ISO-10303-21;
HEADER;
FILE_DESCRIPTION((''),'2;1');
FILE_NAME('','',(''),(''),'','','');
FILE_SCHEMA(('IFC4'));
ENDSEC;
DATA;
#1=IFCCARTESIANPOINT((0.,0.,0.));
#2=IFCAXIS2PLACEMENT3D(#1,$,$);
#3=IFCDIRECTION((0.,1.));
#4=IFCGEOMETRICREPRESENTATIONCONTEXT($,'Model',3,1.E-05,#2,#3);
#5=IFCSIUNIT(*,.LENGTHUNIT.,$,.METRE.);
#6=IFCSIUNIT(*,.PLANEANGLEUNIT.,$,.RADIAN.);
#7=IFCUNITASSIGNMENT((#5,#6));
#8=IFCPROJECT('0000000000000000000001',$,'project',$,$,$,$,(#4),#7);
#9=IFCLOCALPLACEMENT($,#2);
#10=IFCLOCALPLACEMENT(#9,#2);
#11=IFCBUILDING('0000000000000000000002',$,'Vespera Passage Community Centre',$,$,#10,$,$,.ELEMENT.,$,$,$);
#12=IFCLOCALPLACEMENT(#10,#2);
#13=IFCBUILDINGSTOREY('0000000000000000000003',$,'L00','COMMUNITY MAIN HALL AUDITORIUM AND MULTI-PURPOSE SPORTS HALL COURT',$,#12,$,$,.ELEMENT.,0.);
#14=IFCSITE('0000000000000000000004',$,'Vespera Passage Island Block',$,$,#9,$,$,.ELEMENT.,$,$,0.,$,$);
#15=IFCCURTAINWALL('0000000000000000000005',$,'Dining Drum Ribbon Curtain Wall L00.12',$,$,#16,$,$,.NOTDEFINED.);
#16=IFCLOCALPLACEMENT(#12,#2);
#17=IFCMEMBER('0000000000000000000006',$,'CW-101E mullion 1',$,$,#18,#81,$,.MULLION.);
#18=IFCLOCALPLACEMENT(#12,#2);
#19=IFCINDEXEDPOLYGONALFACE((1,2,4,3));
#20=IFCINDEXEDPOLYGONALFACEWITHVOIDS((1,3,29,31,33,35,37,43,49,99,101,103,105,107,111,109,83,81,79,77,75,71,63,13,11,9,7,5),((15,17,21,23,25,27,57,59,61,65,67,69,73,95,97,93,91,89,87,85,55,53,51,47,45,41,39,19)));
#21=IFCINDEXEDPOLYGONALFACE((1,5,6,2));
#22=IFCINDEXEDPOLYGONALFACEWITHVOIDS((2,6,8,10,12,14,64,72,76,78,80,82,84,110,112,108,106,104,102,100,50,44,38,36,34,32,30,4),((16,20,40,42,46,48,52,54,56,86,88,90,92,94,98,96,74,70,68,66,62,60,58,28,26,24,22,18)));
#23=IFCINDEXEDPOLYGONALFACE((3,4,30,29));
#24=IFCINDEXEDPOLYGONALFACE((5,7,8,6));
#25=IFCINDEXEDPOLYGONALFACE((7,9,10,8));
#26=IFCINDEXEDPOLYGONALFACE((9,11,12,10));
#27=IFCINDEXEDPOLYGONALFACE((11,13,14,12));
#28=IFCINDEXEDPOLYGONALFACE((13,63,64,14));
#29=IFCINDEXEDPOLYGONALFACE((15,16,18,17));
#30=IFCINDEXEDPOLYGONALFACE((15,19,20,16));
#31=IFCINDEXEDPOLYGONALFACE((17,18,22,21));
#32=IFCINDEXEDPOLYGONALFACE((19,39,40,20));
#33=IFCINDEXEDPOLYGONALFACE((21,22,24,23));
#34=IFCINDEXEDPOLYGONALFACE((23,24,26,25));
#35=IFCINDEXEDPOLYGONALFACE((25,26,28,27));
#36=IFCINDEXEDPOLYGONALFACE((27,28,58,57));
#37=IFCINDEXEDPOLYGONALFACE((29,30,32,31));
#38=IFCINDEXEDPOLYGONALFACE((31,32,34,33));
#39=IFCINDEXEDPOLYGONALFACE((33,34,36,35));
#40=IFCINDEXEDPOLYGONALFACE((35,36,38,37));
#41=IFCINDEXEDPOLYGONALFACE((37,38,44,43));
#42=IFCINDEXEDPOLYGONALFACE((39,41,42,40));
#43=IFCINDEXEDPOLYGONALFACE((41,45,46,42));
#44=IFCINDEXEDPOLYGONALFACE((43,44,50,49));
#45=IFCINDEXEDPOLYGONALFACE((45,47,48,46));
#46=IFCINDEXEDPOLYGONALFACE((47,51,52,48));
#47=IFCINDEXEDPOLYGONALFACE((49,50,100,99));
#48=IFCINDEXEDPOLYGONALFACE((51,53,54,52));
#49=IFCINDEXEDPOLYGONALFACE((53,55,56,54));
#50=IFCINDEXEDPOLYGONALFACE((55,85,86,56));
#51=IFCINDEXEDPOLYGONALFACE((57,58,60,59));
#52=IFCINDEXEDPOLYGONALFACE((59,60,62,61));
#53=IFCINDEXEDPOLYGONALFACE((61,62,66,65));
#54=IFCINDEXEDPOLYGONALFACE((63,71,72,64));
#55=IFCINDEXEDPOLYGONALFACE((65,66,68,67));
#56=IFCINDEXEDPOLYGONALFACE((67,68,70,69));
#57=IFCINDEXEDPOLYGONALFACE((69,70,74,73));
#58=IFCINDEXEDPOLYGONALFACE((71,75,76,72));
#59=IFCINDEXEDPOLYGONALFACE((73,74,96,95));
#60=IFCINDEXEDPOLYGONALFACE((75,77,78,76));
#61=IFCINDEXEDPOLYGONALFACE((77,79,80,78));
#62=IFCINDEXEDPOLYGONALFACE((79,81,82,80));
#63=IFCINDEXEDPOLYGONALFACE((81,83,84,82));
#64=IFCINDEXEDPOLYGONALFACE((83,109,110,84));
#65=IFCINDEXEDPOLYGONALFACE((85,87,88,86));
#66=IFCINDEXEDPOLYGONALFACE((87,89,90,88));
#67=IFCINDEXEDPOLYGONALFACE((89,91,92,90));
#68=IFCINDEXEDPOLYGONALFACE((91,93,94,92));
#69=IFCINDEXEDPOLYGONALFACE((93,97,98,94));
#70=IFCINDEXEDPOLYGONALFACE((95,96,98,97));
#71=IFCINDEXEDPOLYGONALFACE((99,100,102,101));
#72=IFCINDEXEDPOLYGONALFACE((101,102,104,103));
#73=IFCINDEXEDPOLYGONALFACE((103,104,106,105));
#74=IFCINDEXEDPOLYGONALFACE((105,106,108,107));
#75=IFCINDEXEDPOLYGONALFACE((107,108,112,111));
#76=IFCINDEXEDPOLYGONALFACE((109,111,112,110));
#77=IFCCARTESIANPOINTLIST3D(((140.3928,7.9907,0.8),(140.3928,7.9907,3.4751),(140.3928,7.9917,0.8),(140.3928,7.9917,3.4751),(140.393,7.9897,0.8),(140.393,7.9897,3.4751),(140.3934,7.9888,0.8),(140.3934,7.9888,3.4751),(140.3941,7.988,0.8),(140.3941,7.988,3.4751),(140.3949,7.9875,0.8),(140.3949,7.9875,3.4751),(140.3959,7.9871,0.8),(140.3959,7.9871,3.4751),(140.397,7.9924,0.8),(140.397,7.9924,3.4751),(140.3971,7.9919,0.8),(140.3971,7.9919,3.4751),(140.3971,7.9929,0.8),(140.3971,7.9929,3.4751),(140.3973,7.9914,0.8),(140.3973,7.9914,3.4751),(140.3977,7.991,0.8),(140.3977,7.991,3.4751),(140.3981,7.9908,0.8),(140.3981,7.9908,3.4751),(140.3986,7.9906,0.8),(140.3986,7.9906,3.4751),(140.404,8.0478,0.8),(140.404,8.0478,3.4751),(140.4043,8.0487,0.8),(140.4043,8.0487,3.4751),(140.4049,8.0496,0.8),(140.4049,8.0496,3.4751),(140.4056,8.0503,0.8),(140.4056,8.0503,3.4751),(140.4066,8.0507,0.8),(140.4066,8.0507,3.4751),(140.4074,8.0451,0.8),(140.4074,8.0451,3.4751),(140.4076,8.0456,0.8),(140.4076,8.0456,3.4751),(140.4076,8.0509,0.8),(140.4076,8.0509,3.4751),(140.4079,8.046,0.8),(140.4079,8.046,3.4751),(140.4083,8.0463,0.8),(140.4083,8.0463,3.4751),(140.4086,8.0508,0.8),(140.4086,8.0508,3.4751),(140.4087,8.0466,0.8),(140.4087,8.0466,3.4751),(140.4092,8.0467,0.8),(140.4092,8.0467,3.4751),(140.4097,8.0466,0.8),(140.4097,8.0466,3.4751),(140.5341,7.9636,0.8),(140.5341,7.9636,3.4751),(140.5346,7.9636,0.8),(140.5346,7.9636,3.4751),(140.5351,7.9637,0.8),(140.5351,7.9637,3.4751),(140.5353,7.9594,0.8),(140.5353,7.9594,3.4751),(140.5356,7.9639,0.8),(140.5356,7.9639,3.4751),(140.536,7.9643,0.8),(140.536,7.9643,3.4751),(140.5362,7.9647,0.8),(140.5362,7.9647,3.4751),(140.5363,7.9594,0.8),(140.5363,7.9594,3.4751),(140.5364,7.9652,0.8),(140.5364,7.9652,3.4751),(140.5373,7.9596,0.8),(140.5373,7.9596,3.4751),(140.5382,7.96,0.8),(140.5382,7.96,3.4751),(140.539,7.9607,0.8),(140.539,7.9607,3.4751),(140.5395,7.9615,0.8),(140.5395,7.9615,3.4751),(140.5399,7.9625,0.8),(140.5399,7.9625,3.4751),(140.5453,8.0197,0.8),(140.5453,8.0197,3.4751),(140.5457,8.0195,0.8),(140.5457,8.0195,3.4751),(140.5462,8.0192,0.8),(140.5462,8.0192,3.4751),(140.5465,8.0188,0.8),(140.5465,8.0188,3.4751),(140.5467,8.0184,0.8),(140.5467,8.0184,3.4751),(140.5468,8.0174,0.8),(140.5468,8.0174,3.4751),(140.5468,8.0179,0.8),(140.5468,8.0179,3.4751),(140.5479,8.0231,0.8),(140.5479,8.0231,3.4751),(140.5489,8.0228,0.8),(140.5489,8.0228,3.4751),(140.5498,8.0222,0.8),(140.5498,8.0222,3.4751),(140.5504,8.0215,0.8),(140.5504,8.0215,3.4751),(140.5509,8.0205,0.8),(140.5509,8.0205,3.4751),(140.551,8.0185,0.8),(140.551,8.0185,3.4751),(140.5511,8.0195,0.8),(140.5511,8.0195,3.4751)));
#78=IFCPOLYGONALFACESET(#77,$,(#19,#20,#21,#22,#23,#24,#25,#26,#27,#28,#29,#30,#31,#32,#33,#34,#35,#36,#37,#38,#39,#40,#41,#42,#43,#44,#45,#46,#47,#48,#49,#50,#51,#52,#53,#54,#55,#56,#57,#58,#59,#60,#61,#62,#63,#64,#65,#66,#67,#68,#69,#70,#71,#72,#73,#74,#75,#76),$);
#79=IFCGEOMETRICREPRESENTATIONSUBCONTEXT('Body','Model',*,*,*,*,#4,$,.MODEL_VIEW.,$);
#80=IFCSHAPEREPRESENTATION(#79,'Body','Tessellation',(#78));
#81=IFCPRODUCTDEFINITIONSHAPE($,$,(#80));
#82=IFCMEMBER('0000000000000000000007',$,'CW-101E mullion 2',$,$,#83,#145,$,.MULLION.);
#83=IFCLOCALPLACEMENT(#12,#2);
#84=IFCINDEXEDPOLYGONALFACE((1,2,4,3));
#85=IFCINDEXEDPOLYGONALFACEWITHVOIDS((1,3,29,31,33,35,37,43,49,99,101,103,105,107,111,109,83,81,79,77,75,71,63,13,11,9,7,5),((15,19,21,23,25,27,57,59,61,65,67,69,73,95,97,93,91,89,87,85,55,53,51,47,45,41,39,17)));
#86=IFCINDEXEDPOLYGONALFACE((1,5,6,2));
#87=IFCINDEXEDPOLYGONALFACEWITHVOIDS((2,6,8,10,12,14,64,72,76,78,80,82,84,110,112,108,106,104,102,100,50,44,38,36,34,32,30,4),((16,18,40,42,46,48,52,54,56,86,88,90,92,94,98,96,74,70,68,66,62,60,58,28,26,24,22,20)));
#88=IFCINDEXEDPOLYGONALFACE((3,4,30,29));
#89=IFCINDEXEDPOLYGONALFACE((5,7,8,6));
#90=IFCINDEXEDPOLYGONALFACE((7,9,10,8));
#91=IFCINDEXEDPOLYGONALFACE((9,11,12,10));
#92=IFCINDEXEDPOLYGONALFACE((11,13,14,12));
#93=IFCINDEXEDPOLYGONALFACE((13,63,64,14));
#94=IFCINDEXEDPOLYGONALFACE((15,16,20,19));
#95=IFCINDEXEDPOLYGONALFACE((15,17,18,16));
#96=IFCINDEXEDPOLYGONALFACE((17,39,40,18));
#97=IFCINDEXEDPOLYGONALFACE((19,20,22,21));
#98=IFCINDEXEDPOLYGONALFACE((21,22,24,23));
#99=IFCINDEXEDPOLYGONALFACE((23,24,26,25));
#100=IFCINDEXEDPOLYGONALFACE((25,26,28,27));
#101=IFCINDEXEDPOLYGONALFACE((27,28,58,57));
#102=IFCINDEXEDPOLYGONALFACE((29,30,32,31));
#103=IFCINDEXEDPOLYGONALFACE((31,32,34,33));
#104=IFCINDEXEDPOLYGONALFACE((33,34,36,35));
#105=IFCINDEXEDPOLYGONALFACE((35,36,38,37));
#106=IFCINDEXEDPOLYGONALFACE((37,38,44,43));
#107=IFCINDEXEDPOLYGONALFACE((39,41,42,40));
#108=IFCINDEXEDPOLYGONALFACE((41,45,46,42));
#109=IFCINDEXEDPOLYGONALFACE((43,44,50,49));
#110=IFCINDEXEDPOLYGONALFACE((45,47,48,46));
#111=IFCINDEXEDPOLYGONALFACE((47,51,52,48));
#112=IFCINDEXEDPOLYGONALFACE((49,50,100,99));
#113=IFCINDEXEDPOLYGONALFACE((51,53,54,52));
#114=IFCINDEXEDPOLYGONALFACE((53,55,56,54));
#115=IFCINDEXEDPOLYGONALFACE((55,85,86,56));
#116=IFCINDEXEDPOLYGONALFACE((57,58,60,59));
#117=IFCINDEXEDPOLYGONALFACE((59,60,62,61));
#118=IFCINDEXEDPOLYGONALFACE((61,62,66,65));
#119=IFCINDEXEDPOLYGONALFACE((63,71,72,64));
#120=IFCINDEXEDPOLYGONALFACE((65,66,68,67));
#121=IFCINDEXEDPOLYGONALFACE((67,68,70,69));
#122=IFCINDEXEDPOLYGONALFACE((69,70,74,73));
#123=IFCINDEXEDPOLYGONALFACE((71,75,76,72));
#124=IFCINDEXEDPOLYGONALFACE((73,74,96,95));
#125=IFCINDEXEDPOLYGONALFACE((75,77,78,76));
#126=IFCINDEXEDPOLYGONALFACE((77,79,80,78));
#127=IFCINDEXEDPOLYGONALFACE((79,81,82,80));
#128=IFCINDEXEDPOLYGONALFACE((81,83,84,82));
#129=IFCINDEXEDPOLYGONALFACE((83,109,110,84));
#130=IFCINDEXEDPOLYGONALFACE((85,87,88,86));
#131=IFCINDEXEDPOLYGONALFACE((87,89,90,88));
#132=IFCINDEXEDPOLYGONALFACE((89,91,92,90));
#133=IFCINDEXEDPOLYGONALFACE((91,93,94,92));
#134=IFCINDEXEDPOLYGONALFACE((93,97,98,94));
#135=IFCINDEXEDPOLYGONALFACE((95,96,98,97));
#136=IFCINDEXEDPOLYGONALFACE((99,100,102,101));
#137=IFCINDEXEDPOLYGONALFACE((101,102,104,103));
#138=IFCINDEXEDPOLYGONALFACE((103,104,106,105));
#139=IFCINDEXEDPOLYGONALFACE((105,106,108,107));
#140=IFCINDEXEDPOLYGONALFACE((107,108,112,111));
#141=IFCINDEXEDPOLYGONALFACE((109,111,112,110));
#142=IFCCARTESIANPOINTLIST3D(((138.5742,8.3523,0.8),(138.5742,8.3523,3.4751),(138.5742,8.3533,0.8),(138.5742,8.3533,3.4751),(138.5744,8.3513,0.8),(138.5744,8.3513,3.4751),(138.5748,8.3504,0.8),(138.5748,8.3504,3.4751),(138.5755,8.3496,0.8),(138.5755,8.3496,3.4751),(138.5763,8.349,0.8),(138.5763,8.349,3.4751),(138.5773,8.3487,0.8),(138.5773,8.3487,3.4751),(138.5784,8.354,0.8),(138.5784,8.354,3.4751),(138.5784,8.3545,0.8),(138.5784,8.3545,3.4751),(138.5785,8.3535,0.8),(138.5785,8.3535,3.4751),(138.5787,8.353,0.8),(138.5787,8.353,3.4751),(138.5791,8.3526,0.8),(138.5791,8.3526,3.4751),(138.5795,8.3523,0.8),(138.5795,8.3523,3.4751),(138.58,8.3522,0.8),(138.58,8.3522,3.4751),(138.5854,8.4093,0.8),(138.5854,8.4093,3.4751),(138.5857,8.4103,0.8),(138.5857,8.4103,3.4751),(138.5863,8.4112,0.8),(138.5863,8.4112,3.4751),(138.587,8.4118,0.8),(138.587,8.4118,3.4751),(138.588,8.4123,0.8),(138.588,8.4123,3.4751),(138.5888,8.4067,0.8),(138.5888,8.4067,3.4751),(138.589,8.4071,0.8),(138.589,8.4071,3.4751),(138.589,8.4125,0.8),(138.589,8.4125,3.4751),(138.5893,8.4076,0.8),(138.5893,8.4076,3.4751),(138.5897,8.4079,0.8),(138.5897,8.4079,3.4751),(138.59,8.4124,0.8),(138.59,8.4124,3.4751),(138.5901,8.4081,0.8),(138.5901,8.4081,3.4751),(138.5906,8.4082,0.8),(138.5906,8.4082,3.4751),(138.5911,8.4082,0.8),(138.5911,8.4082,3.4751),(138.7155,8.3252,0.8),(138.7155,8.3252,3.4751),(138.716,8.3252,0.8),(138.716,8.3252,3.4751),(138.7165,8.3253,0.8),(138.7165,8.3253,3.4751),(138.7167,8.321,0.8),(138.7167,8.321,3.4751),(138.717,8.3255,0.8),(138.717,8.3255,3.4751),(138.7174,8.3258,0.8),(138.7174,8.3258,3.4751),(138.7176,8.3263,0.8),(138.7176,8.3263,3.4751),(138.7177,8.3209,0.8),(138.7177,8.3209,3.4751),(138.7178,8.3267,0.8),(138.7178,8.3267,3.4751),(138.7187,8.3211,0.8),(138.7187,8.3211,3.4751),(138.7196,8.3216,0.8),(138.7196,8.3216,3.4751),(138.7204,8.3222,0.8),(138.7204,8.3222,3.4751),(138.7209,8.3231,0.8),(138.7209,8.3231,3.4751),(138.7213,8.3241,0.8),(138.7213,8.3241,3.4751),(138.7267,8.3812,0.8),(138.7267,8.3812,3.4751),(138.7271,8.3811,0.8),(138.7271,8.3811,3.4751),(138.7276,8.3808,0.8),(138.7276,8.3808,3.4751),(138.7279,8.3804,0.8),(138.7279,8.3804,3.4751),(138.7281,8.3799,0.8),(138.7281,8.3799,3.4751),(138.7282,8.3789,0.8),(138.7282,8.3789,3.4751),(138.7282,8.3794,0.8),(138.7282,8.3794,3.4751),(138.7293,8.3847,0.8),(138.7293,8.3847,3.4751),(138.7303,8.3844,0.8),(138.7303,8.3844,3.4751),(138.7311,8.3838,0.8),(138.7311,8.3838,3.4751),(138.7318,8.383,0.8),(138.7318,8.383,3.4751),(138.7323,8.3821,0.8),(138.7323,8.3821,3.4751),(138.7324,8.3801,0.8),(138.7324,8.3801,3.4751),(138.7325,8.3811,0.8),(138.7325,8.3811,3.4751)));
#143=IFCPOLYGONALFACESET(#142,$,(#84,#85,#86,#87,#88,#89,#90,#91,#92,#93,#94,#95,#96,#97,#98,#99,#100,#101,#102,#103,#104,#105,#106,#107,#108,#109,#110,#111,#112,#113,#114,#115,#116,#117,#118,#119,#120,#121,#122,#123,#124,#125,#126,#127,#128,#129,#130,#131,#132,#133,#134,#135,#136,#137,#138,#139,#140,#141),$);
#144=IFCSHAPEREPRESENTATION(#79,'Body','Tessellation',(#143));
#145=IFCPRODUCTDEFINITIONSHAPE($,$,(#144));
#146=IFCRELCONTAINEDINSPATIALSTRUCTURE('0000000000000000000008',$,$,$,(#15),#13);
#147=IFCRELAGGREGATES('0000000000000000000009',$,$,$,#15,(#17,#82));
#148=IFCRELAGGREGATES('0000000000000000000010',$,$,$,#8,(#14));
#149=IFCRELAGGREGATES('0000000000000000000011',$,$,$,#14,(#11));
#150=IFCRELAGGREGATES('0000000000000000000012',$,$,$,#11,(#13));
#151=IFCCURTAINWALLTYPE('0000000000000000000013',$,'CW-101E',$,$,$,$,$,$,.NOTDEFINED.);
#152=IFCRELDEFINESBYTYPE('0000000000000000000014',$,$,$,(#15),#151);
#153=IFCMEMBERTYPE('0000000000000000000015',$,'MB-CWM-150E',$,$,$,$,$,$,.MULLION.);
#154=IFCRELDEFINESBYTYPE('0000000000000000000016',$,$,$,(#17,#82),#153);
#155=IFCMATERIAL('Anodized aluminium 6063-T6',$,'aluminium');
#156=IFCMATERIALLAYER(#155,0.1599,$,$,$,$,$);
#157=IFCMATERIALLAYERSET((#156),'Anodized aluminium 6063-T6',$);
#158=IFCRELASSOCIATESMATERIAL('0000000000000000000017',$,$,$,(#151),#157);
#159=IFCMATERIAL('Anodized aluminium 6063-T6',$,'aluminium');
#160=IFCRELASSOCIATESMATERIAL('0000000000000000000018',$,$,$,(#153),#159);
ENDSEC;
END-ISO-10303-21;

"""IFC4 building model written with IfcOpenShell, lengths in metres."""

from ifc_helpers import new_model, si_unit, direction, frame, origin, origin_2d, place, context, subcontext, project, spatial, hollow_rectangle, extrude, material, layer, layer_set, material_profile, profile_set, type_object, element, aggregate, save


model = new_model("IFC4")

# Units and contexts
model_context = context("Model", 3, precision=1e-05, world=origin(), true_north=direction((0.0, 1.0)))
body_context = subcontext(model_context, "Body", "Model", "MODEL_VIEW")
ifc_project = project(units=[si_unit("LENGTHUNIT", "METRE"), si_unit("PLANEANGLEUNIT", "RADIAN")], contexts=[model_context])

# Site, building, storey
site_placement = place(None, origin())
site = spatial("IfcSite", under=ifc_project, at=site_placement, Name="Vespera Passage Island Block", CompositionType="ELEMENT", RefElevation=0.0)
building_placement = place(site_placement, origin())
building = spatial("IfcBuilding", under=site, at=building_placement, Name="Vespera Passage Community Centre", CompositionType="ELEMENT")
storey_placement = place(building_placement, origin())
storey = spatial("IfcBuildingStorey", under=building, at=storey_placement, Name="L00", Description="COMMUNITY MAIN HALL AUDITORIUM AND MULTI-PURPOSE SPORTS HALL COURT", CompositionType="ELEMENT", Elevation=0.0)

# Curtain wall, members
ifc_material_1 = material(Name="Anodized aluminium 6063-T6", Category="aluminium")
ifc_layer_1 = layer(ifc_material_1, 0.1599)
ifc_layer_set_1 = layer_set([ifc_layer_1], Name="Anodized aluminium 6063-T6")
curtain_wall_type_1 = type_object("IfcCurtainWallType", Name="CW-101E", PredefinedType="NOTDEFINED", material=ifc_layer_set_1)
curtain_wall_1_placement = place(storey_placement, origin())
curtain_wall_1 = element("IfcCurtainWall", 1, at=curtain_wall_1_placement, inside=storey, type_object=curtain_wall_type_1, Name="Dining Drum Ribbon Curtain Wall L00.12", PredefinedType="NOTDEFINED")
ifc_material_2 = material(Name="Anodized aluminium 6063-T6", Category="aluminium")
ifc_material_profile_1 = material_profile(ifc_material_2, hollow_rectangle(XDim=0.0649, YDim=0.1499, WallThickness=0.0039, InnerFilletRadius=0.002, OuterFilletRadius=0.0039, at=origin_2d()), Name="ALU150X65X4")
ifc_profile_set_1 = profile_set([ifc_material_profile_1], Name="Anodized aluminium 6063-T6")
member_type_1 = type_object("IfcMemberType", Name="MB-CWM-150E", PredefinedType="MULLION", material=ifc_profile_set_1)
member_1_placement = place(storey_placement, frame((140.4719, 8.0051, 0.8), z_axis=(0.0, 0.0, 1.0), x_axis=(-0.195097, -0.980784, 0.0)))
member_1 = element("IfcMember", 2, at=member_1_placement, type_object=member_type_1, Name="CW-101E mullion 1", PredefinedType="MULLION", context=body_context, shape_type="SweptSolid", body=[
    extrude(hollow_rectangle(XDim=0.0649, YDim=0.1499, WallThickness=0.0039, InnerFilletRadius=0.002, OuterFilletRadius=0.0039, at=origin_2d()), origin(), (0.0, 0.0, 1.0), 2.675),
])
member_2_placement = place(storey_placement, frame((138.6533, 8.3667, 0.8), z_axis=(0.0, 0.0, 1.0), x_axis=(-0.195097, -0.980784, 0.0)))
member_2 = element("IfcMember", 3, at=member_2_placement, type_object=member_type_1, Name="CW-101E mullion 2", PredefinedType="MULLION", context=body_context, shape_type="SweptSolid", body=[
    extrude(hollow_rectangle(XDim=0.0649, YDim=0.1499, WallThickness=0.0039, InnerFilletRadius=0.002, OuterFilletRadius=0.0039, at=origin_2d()), origin(), (0.0, 0.0, 1.0), 2.675),
])

aggregate(curtain_wall_1, [member_1, member_2])

save(model, "model.ifc")
